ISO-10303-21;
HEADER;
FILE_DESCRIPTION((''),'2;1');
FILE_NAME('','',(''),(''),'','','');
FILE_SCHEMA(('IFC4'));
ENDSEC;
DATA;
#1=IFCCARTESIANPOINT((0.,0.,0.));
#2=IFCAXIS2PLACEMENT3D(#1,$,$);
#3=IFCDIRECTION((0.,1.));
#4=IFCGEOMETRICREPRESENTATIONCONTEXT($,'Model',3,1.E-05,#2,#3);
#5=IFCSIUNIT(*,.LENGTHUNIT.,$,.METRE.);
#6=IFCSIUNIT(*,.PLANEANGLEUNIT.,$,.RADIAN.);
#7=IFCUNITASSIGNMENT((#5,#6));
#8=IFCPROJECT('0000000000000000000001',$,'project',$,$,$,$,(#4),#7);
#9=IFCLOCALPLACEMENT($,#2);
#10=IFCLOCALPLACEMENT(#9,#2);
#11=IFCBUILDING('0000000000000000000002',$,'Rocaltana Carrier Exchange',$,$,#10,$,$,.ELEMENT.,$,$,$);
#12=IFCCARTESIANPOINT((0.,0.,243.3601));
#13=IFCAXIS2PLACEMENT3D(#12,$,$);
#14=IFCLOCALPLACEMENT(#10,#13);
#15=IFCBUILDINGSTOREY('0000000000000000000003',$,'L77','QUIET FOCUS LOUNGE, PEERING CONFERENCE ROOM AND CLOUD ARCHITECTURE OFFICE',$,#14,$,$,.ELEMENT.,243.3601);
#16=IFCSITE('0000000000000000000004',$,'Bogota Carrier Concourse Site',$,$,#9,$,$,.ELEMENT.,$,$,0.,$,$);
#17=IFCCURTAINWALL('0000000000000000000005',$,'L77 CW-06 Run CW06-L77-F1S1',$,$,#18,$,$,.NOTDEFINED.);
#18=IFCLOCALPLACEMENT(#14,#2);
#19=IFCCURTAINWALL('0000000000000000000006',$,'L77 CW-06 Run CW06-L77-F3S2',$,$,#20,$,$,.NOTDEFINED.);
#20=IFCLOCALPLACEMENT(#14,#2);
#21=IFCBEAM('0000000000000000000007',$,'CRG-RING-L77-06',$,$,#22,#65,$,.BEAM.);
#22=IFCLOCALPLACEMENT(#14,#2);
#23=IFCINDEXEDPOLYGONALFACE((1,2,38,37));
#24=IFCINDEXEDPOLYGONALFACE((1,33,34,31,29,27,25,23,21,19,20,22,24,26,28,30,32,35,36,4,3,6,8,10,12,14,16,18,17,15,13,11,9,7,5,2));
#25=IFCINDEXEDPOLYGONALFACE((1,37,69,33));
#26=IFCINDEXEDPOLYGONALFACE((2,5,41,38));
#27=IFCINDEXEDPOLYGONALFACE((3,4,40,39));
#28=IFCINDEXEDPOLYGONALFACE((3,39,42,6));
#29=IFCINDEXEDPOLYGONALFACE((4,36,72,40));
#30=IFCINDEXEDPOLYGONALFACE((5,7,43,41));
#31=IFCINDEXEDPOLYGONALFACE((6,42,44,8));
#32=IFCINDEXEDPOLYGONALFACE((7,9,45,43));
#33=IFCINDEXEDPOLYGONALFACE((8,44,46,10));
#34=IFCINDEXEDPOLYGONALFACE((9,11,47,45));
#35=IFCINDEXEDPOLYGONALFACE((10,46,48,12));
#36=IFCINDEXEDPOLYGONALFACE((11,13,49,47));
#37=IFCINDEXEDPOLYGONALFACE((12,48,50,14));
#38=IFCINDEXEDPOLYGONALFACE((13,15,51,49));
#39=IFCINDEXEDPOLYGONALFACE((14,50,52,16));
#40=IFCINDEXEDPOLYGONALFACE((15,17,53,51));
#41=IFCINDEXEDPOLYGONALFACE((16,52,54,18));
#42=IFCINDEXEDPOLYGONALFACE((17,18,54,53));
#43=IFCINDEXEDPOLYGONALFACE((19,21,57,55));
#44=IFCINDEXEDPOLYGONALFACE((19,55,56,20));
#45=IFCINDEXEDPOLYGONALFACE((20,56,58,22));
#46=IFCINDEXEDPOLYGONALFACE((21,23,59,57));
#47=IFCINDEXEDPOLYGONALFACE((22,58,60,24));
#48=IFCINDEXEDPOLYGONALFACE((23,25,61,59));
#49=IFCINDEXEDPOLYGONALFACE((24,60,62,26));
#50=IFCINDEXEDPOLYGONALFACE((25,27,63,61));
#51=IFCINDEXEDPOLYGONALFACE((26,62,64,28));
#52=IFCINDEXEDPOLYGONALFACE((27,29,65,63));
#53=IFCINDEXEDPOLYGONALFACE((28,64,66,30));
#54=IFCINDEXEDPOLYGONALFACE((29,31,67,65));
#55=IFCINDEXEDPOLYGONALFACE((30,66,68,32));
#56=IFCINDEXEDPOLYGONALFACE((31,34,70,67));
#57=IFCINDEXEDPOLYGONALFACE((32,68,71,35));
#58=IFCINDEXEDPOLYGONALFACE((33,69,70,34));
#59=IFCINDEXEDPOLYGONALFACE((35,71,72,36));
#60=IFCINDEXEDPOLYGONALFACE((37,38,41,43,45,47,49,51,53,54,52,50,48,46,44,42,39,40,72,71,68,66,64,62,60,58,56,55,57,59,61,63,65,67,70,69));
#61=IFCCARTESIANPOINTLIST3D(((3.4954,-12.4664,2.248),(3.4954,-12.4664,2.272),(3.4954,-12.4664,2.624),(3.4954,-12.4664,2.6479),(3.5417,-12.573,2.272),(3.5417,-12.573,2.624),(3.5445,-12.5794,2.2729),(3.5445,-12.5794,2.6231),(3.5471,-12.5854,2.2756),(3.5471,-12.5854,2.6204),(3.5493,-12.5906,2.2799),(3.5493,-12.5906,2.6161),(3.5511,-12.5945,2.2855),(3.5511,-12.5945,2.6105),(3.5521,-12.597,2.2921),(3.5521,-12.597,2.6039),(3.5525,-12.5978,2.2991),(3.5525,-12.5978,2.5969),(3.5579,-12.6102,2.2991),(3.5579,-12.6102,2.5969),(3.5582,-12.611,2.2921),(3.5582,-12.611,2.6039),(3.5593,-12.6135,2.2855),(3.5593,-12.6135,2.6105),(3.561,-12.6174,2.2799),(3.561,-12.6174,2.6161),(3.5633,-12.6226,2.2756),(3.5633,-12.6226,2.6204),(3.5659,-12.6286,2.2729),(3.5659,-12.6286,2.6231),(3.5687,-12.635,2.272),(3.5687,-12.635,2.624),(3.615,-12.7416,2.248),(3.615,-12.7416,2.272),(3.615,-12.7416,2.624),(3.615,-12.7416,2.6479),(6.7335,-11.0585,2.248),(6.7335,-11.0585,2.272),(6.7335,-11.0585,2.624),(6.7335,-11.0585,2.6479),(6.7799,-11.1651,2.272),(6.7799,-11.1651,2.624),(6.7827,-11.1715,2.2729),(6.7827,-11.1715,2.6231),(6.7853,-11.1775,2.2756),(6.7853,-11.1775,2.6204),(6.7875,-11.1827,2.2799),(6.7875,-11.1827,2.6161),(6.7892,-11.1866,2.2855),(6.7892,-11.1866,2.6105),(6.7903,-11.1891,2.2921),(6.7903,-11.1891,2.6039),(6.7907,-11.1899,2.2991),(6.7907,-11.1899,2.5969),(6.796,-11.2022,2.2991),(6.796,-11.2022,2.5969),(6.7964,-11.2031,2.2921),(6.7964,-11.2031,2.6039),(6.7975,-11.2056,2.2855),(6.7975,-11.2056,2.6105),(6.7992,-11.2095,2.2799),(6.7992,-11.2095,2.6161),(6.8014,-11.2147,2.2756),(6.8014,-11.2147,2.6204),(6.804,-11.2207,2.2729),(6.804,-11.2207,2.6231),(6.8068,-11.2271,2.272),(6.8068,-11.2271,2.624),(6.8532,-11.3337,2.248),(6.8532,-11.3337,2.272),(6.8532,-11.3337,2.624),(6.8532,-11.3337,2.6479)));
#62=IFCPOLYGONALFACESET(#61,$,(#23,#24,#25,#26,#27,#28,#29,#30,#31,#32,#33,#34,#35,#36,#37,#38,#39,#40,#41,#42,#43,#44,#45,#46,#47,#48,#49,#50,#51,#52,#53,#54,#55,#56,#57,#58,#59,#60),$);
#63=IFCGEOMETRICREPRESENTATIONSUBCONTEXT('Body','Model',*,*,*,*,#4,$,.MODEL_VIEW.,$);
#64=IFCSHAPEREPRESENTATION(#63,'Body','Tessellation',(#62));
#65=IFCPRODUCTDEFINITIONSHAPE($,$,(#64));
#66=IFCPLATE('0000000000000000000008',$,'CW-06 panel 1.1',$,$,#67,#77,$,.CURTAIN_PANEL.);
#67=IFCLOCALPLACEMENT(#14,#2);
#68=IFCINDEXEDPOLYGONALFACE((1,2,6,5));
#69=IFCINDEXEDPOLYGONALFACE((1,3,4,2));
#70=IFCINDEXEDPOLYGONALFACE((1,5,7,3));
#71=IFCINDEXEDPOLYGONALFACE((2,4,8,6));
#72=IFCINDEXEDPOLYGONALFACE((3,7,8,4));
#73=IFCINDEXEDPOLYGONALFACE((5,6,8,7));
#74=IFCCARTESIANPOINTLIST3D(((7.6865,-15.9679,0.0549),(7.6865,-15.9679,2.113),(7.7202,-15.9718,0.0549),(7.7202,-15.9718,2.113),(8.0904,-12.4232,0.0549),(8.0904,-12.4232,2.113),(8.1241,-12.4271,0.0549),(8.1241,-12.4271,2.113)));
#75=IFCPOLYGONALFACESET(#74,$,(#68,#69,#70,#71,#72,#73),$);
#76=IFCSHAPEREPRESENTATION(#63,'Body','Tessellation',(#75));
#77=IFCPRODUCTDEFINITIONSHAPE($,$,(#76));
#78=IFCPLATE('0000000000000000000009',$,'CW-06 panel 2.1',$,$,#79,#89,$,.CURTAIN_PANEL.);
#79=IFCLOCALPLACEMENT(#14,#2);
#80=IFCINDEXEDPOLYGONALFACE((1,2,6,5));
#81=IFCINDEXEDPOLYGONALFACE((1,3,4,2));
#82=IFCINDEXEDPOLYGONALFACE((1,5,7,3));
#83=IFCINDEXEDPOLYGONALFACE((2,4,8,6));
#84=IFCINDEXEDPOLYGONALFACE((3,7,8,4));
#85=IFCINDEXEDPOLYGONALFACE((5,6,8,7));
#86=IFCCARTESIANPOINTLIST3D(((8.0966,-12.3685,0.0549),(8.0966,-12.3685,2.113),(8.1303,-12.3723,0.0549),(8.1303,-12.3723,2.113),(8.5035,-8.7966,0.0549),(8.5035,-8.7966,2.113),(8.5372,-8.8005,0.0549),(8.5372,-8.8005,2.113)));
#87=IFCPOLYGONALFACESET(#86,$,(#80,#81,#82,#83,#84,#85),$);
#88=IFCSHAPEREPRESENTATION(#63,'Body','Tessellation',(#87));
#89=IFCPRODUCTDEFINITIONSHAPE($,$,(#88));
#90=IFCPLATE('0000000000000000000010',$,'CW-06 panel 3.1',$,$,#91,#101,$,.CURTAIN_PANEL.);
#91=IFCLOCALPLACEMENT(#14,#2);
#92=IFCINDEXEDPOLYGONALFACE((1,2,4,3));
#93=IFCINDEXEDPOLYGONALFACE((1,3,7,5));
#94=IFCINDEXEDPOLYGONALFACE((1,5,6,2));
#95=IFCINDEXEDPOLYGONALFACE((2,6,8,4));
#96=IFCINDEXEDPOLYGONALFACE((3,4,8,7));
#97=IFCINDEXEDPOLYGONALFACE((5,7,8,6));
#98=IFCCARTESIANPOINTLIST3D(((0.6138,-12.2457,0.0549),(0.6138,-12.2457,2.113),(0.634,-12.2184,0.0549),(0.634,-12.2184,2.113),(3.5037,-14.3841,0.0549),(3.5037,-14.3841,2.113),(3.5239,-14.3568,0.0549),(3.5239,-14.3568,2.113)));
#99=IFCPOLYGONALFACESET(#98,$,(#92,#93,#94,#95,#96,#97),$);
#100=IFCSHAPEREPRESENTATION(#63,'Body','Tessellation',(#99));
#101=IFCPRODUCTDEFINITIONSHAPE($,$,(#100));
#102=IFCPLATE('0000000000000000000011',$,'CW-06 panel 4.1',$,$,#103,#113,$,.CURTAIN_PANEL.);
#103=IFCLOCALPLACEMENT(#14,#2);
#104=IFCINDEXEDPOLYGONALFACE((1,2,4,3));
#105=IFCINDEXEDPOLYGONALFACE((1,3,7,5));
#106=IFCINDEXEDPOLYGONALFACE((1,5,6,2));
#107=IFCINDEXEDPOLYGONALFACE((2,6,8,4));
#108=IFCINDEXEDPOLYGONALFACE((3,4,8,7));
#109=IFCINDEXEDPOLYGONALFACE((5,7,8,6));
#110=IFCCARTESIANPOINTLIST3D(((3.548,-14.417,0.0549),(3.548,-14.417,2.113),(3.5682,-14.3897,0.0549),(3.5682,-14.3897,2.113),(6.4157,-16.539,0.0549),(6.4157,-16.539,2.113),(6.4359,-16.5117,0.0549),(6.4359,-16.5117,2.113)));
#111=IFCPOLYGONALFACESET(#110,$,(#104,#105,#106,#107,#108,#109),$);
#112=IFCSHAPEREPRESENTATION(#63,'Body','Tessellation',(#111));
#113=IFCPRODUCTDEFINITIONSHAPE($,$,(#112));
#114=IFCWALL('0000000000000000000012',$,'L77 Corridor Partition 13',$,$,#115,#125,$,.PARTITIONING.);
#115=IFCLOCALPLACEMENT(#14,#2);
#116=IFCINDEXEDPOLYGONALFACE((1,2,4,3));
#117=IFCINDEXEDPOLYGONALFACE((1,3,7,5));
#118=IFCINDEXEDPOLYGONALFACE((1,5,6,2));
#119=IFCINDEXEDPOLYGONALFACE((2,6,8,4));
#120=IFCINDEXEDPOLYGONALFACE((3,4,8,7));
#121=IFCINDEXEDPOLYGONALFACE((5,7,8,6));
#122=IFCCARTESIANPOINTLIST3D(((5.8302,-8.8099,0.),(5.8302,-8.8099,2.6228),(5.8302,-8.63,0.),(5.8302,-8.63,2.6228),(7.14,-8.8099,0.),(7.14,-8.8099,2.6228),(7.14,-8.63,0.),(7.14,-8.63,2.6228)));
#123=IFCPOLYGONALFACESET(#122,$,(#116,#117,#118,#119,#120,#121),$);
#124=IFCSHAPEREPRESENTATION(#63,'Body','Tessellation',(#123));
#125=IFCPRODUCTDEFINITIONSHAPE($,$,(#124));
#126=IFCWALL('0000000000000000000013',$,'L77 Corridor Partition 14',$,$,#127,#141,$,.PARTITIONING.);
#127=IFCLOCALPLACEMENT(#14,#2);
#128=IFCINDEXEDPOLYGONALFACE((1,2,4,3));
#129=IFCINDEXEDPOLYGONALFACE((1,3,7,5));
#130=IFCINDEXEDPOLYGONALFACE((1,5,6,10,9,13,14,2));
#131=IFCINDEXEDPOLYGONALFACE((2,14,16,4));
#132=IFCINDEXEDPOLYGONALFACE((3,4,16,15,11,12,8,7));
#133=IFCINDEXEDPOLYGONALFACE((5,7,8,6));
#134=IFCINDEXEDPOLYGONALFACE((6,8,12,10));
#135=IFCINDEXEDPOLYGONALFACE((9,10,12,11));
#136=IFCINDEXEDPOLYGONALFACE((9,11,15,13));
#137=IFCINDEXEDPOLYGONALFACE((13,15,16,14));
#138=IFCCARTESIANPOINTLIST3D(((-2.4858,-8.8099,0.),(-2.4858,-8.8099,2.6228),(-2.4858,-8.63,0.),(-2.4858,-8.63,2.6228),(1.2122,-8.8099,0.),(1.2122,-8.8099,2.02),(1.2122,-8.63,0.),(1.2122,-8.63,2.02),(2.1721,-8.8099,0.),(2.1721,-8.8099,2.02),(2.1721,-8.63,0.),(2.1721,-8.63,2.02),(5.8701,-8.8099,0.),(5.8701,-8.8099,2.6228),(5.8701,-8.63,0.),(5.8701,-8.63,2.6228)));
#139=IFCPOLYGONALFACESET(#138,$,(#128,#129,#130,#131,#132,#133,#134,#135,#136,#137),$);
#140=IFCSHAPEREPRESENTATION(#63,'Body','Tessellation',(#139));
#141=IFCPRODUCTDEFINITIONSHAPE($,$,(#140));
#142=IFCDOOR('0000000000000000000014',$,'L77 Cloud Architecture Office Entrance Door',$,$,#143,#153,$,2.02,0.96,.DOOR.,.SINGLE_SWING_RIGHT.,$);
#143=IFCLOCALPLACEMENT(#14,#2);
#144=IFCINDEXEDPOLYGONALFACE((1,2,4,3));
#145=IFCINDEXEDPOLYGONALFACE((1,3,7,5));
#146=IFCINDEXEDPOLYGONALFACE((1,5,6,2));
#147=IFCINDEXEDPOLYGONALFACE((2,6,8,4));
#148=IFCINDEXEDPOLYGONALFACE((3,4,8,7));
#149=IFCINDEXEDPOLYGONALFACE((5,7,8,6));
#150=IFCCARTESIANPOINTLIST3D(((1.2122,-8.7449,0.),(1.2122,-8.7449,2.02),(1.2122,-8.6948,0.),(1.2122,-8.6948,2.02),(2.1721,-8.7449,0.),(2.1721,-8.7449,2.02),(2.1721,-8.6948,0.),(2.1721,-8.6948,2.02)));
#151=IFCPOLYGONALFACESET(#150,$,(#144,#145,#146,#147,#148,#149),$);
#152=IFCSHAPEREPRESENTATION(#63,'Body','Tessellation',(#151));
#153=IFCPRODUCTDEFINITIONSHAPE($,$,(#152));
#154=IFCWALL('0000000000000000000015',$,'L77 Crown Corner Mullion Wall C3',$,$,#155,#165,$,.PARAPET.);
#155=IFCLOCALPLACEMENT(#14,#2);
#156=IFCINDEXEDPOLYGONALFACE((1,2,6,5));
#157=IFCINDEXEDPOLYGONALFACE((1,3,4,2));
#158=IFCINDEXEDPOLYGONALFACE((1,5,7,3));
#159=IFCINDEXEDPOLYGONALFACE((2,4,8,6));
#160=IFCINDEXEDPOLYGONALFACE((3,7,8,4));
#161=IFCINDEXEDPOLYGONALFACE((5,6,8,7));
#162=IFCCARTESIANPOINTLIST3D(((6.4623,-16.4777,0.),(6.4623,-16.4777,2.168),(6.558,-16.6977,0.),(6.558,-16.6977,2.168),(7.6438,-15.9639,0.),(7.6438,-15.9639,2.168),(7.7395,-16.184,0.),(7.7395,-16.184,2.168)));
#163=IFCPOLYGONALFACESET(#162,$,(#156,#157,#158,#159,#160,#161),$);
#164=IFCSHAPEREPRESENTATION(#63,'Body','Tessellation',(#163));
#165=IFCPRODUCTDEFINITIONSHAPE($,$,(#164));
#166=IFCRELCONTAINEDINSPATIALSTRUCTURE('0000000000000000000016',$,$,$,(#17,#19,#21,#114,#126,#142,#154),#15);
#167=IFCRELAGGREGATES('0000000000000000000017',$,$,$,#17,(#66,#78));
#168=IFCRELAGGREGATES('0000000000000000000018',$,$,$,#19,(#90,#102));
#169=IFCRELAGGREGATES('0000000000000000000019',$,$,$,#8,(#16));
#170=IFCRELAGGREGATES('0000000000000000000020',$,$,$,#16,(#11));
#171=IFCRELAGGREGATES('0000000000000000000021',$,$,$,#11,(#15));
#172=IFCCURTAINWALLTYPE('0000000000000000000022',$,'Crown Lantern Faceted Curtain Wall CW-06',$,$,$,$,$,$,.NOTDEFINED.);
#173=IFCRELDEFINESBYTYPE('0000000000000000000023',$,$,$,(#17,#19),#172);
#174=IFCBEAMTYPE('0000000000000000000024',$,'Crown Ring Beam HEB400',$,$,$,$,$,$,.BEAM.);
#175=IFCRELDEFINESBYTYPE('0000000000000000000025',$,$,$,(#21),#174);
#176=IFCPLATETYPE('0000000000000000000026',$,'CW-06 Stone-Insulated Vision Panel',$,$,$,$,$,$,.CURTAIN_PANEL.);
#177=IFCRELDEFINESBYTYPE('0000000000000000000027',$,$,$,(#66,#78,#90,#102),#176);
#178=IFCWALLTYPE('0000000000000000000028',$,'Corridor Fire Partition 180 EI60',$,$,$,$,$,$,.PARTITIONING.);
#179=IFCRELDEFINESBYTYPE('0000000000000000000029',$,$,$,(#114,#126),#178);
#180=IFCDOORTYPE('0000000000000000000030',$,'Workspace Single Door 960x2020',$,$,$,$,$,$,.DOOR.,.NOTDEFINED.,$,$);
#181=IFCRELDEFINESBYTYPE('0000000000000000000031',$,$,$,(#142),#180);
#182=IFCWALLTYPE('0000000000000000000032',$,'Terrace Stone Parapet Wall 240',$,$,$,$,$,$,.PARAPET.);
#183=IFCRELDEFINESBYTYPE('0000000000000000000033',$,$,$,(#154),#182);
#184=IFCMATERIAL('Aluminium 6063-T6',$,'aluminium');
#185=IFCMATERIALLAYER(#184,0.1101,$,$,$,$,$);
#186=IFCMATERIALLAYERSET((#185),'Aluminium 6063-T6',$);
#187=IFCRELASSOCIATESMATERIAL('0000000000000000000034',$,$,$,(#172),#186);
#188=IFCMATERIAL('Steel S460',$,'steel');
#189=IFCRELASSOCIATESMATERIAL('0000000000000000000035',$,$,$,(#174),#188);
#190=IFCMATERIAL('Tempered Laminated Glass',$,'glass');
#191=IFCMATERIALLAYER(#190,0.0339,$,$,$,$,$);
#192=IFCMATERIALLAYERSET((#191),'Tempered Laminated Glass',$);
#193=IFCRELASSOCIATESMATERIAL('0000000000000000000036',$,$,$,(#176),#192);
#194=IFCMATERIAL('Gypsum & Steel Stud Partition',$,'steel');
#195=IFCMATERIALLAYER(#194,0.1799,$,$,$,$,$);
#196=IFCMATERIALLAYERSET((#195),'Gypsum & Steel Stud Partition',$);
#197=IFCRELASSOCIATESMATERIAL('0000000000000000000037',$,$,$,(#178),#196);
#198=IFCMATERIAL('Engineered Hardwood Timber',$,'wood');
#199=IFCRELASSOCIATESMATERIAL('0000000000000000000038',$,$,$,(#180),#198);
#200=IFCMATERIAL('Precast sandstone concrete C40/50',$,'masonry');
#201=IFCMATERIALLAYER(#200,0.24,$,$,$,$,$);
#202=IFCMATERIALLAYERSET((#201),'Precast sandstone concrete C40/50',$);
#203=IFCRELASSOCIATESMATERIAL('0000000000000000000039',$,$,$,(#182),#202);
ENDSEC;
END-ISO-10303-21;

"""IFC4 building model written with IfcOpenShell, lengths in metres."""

from ifc_helpers import new_model, si_unit, direction, frame, frame_2d, origin, origin_2d, place, context, subcontext, project, spatial, rectangle, i_section, extrude, material, layer, layer_set, material_profile, profile_set, type_object, element, fill, aggregate, save


model = new_model("IFC4")

# Units and contexts
model_context = context("Model", 3, precision=1e-05, world=origin(), true_north=direction((0.0, 1.0)))
body_context = subcontext(model_context, "Body", "Model", "MODEL_VIEW")
ifc_project = project(units=[si_unit("LENGTHUNIT", "METRE"), si_unit("PLANEANGLEUNIT", "RADIAN")], contexts=[model_context])

# Site, building, storey
site_placement = place(None, origin())
site = spatial("IfcSite", under=ifc_project, at=site_placement, Name="Bogota Carrier Concourse Site", CompositionType="ELEMENT", RefElevation=0.0)
building_placement = place(site_placement, origin())
building = spatial("IfcBuilding", under=site, at=building_placement, Name="Rocaltana Carrier Exchange", CompositionType="ELEMENT")
storey_placement = place(building_placement, frame((0.0, 0.0, 243.3601)))
storey = spatial("IfcBuildingStorey", under=building, at=storey_placement, Name="L77", Description="QUIET FOCUS LOUNGE, PEERING CONFERENCE ROOM AND CLOUD ARCHITECTURE OFFICE", CompositionType="ELEMENT", Elevation=243.3601)

# Curtain walls
ifc_material_1 = material(Name="Aluminium 6063-T6", Category="aluminium")
ifc_layer_1 = layer(ifc_material_1, 0.1101)
ifc_layer_set_1 = layer_set([ifc_layer_1], Name="Aluminium 6063-T6")
curtain_wall_type = type_object("IfcCurtainWallType", Name="Crown Lantern Faceted Curtain Wall CW-06", PredefinedType="NOTDEFINED", material=ifc_layer_set_1)
curtain_wall_1_placement = place(storey_placement, origin())
curtain_wall_1 = element("IfcCurtainWall", 1, at=curtain_wall_1_placement, inside=storey, type_object=curtain_wall_type, Name="L77 CW-06 Run CW06-L77-F1S1", PredefinedType="NOTDEFINED")
curtain_wall_2_placement = place(storey_placement, origin())
curtain_wall_2 = element("IfcCurtainWall", 2, at=curtain_wall_2_placement, inside=storey, type_object=curtain_wall_type, Name="L77 CW-06 Run CW06-L77-F3S2", PredefinedType="NOTDEFINED")

# Beam
ifc_material_2 = material(Name="Steel S460", Category="steel")
ifc_material_profile_1 = material_profile(ifc_material_2, i_section(OverallWidth=0.3, OverallDepth=0.3999, WebThickness=0.0134, FlangeThickness=0.0239, FilletRadius=0.0271, at=origin_2d()), Name="HEB400")
ifc_profile_set_1 = profile_set([ifc_material_profile_1], Name="Steel S460")
beam_type = type_object("IfcBeamType", Name="Crown Ring Beam HEB400", PredefinedType="BEAM", material=ifc_profile_set_1)
beam_1_placement = place(storey_placement, frame((3.5552, -12.604, 2.448), z_axis=(0.917069, 0.398729, 0.0), x_axis=(-0.398729, 0.917069, 0.0)))
element("IfcBeam", 3, at=beam_1_placement, inside=storey, type_object=beam_type, Name="CRG-RING-L77-06", PredefinedType="BEAM", context=body_context, shape_type="SweptSolid", body=[
    extrude(i_section(OverallWidth=0.3, OverallDepth=0.3999, WebThickness=0.0134, FlangeThickness=0.0239, FilletRadius=0.0271, at=origin_2d()), origin(), (0.0, 0.0, 1.0), 3.531),
])

# Plates
ifc_material_3 = material(Name="Tempered Laminated Glass", Category="glass")
ifc_layer_2 = layer(ifc_material_3, 0.0339)
ifc_layer_set_2 = layer_set([ifc_layer_2], Name="Tempered Laminated Glass")
plate_type = type_object("IfcPlateType", Name="CW-06 Stone-Insulated Vision Panel", PredefinedType="CURTAIN_PANEL", material=ifc_layer_set_2)
plate_1_placement = place(storey_placement, frame((7.9053, -14.1975, 0.0549), z_axis=(0.0, 0.0, 1.0), x_axis=(0.113205, 0.993572, 0.0)))
plate_1 = element("IfcPlate", 4, at=plate_1_placement, type_object=plate_type, Name="CW-06 panel 1.1", PredefinedType="CURTAIN_PANEL", context=body_context, shape_type="SweptSolid", body=[
    extrude(rectangle(XDim=3.5676, YDim=0.0339, at=origin_2d()), origin(), (0.0, 0.0, 1.0), 2.0581),
])
plate_2_placement = place(storey_placement, frame((8.3169, -10.5845, 0.0549), z_axis=(0.0, 0.0, 1.0), x_axis=(0.113205, 0.993572, 0.0)))
plate_2 = element("IfcPlate", 5, at=plate_2_placement, type_object=plate_type, Name="CW-06 panel 2.1", PredefinedType="CURTAIN_PANEL", context=body_context, shape_type="SweptSolid", body=[
    extrude(rectangle(XDim=3.595, YDim=0.0339, at=origin_2d()), origin(), (0.0, 0.0, 1.0), 2.0581),
])
aggregate(curtain_wall_1, [plate_1, plate_2])
plate_3_placement = place(storey_placement, frame((2.0688, -13.3013, 0.0549), z_axis=(0.0, 0.0, 1.0), x_axis=(0.803857, -0.594823, 0.0)))
plate_3 = element("IfcPlate", 6, at=plate_3_placement, type_object=plate_type, Name="CW-06 panel 3.1", PredefinedType="CURTAIN_PANEL", context=body_context, shape_type="SweptSolid", body=[
    extrude(rectangle(XDim=3.595, YDim=0.0339, at=origin_2d()), origin(), (0.0, 0.0, 1.0), 2.0581),
])
plate_4_placement = place(storey_placement, frame((4.9919, -15.4644, 0.0549), z_axis=(0.0, 0.0, 1.0), x_axis=(0.803857, -0.594823, 0.0)))
plate_4 = element("IfcPlate", 7, at=plate_4_placement, type_object=plate_type, Name="CW-06 panel 4.1", PredefinedType="CURTAIN_PANEL", context=body_context, shape_type="SweptSolid", body=[
    extrude(rectangle(XDim=3.5674, YDim=0.0339, at=origin_2d()), origin(), (0.0, 0.0, 1.0), 2.0581),
])
aggregate(curtain_wall_2, [plate_3, plate_4])

# Wall
ifc_material_4 = material(Name="Gypsum & Steel Stud Partition", Category="steel")
ifc_layer_3 = layer(ifc_material_4, 0.1799)
ifc_layer_set_3 = layer_set([ifc_layer_3], Name="Gypsum & Steel Stud Partition")
wall_type_1 = type_object("IfcWallType", Name="Corridor Fire Partition 180 EI60", PredefinedType="PARTITIONING", material=ifc_layer_set_3)
wall_1_placement = place(storey_placement, frame((7.1399, -8.72, 0.0), z_axis=(0.0, 0.0, 1.0), x_axis=(-1.0, 0.0, 0.0)))
element("IfcWall", 8, at=wall_1_placement, inside=storey, type_object=wall_type_1, Name="L77 Corridor Partition 13", PredefinedType="PARTITIONING", context=body_context, shape_type="SweptSolid", body=[
    extrude(rectangle(XDim=1.3098, YDim=0.1799, at=frame_2d((0.6548, 0.0))), origin(), (0.0, 0.0, 1.0), 2.6228),
])

# Wall, opening, door
wall_2_placement = place(storey_placement, frame((5.8701, -8.72, 0.0), z_axis=(0.0, 0.0, 1.0), x_axis=(-1.0, 0.0, 0.0)))
wall_2 = element("IfcWall", 9, at=wall_2_placement, inside=storey, type_object=wall_type_1, Name="L77 Corridor Partition 14", PredefinedType="PARTITIONING", context=body_context, shape_type="SweptSolid", body=[
    extrude(rectangle(XDim=8.356, YDim=0.1799, at=frame_2d((4.178, 0.0))), origin(), (0.0, 0.0, 1.0), 2.6228),
])
opening_placement = place(wall_2_placement, frame((3.698, 0.0, 0.0)))
opening = element("IfcOpeningElement", 10, at=opening_placement, cuts=wall_2, PredefinedType="OPENING", context=body_context, shape_type="SweptSolid", body=[
    extrude(rectangle(XDim=0.96, YDim=2.02, at=frame_2d((0.48, 1.01))), frame((0.0, 0.0999, 0.0), z_axis=(0.0, -1.0, 0.0), x_axis=(1.0, 0.0, 0.0)), (0.0, 0.0, 1.0), 0.2),
])
ifc_material_5 = material(Name="Engineered Hardwood Timber", Category="wood")
door_type = type_object("IfcDoorType", Name="Workspace Single Door 960x2020", OperationType="NOTDEFINED", PredefinedType="DOOR", material=ifc_material_5)
door_placement = place(opening_placement, origin())
door = element("IfcDoor", 11, at=door_placement, inside=storey, type_object=door_type, Name="L77 Cloud Architecture Office Entrance Door", OperationType="SINGLE_SWING_RIGHT", OverallHeight=2.02, OverallWidth=0.96, PredefinedType="DOOR", context=body_context, shape_type="SweptSolid", body=[
    extrude(rectangle(XDim=0.96, YDim=2.02, at=frame_2d((0.48, 1.01))), frame((0.0, 0.0249, 0.0), z_axis=(0.0, -1.0, 0.0), x_axis=(1.0, 0.0, 0.0)), (0.0, 0.0, 1.0), 0.05),
])
fill(opening, door)

# Wall
ifc_material_6 = material(Name="Precast sandstone concrete C40/50", Category="masonry")
ifc_layer_4 = layer(ifc_material_6, 0.24)
ifc_layer_set_4 = layer_set([ifc_layer_4], Name="Precast sandstone concrete C40/50")
wall_type_2 = type_object("IfcWallType", Name="Terrace Stone Parapet Wall 240", PredefinedType="PARAPET", material=ifc_layer_set_4)
wall_3_placement = place(storey_placement, frame((6.5103, -16.5876, 0.0), z_axis=(0.0, 0.0, 1.0), x_axis=(0.917064, 0.39874, 0.0)))
element("IfcWall", 12, at=wall_3_placement, inside=storey, type_object=wall_type_2, Name="L77 Crown Corner Mullion Wall C3", PredefinedType="PARAPET", context=body_context, shape_type="SweptSolid", body=[
    extrude(rectangle(XDim=1.2883, YDim=0.24, at=frame_2d((0.644, 0.0))), origin(), (0.0, 0.0, 1.0), 2.168),
])

save(model, "model.ifc")
